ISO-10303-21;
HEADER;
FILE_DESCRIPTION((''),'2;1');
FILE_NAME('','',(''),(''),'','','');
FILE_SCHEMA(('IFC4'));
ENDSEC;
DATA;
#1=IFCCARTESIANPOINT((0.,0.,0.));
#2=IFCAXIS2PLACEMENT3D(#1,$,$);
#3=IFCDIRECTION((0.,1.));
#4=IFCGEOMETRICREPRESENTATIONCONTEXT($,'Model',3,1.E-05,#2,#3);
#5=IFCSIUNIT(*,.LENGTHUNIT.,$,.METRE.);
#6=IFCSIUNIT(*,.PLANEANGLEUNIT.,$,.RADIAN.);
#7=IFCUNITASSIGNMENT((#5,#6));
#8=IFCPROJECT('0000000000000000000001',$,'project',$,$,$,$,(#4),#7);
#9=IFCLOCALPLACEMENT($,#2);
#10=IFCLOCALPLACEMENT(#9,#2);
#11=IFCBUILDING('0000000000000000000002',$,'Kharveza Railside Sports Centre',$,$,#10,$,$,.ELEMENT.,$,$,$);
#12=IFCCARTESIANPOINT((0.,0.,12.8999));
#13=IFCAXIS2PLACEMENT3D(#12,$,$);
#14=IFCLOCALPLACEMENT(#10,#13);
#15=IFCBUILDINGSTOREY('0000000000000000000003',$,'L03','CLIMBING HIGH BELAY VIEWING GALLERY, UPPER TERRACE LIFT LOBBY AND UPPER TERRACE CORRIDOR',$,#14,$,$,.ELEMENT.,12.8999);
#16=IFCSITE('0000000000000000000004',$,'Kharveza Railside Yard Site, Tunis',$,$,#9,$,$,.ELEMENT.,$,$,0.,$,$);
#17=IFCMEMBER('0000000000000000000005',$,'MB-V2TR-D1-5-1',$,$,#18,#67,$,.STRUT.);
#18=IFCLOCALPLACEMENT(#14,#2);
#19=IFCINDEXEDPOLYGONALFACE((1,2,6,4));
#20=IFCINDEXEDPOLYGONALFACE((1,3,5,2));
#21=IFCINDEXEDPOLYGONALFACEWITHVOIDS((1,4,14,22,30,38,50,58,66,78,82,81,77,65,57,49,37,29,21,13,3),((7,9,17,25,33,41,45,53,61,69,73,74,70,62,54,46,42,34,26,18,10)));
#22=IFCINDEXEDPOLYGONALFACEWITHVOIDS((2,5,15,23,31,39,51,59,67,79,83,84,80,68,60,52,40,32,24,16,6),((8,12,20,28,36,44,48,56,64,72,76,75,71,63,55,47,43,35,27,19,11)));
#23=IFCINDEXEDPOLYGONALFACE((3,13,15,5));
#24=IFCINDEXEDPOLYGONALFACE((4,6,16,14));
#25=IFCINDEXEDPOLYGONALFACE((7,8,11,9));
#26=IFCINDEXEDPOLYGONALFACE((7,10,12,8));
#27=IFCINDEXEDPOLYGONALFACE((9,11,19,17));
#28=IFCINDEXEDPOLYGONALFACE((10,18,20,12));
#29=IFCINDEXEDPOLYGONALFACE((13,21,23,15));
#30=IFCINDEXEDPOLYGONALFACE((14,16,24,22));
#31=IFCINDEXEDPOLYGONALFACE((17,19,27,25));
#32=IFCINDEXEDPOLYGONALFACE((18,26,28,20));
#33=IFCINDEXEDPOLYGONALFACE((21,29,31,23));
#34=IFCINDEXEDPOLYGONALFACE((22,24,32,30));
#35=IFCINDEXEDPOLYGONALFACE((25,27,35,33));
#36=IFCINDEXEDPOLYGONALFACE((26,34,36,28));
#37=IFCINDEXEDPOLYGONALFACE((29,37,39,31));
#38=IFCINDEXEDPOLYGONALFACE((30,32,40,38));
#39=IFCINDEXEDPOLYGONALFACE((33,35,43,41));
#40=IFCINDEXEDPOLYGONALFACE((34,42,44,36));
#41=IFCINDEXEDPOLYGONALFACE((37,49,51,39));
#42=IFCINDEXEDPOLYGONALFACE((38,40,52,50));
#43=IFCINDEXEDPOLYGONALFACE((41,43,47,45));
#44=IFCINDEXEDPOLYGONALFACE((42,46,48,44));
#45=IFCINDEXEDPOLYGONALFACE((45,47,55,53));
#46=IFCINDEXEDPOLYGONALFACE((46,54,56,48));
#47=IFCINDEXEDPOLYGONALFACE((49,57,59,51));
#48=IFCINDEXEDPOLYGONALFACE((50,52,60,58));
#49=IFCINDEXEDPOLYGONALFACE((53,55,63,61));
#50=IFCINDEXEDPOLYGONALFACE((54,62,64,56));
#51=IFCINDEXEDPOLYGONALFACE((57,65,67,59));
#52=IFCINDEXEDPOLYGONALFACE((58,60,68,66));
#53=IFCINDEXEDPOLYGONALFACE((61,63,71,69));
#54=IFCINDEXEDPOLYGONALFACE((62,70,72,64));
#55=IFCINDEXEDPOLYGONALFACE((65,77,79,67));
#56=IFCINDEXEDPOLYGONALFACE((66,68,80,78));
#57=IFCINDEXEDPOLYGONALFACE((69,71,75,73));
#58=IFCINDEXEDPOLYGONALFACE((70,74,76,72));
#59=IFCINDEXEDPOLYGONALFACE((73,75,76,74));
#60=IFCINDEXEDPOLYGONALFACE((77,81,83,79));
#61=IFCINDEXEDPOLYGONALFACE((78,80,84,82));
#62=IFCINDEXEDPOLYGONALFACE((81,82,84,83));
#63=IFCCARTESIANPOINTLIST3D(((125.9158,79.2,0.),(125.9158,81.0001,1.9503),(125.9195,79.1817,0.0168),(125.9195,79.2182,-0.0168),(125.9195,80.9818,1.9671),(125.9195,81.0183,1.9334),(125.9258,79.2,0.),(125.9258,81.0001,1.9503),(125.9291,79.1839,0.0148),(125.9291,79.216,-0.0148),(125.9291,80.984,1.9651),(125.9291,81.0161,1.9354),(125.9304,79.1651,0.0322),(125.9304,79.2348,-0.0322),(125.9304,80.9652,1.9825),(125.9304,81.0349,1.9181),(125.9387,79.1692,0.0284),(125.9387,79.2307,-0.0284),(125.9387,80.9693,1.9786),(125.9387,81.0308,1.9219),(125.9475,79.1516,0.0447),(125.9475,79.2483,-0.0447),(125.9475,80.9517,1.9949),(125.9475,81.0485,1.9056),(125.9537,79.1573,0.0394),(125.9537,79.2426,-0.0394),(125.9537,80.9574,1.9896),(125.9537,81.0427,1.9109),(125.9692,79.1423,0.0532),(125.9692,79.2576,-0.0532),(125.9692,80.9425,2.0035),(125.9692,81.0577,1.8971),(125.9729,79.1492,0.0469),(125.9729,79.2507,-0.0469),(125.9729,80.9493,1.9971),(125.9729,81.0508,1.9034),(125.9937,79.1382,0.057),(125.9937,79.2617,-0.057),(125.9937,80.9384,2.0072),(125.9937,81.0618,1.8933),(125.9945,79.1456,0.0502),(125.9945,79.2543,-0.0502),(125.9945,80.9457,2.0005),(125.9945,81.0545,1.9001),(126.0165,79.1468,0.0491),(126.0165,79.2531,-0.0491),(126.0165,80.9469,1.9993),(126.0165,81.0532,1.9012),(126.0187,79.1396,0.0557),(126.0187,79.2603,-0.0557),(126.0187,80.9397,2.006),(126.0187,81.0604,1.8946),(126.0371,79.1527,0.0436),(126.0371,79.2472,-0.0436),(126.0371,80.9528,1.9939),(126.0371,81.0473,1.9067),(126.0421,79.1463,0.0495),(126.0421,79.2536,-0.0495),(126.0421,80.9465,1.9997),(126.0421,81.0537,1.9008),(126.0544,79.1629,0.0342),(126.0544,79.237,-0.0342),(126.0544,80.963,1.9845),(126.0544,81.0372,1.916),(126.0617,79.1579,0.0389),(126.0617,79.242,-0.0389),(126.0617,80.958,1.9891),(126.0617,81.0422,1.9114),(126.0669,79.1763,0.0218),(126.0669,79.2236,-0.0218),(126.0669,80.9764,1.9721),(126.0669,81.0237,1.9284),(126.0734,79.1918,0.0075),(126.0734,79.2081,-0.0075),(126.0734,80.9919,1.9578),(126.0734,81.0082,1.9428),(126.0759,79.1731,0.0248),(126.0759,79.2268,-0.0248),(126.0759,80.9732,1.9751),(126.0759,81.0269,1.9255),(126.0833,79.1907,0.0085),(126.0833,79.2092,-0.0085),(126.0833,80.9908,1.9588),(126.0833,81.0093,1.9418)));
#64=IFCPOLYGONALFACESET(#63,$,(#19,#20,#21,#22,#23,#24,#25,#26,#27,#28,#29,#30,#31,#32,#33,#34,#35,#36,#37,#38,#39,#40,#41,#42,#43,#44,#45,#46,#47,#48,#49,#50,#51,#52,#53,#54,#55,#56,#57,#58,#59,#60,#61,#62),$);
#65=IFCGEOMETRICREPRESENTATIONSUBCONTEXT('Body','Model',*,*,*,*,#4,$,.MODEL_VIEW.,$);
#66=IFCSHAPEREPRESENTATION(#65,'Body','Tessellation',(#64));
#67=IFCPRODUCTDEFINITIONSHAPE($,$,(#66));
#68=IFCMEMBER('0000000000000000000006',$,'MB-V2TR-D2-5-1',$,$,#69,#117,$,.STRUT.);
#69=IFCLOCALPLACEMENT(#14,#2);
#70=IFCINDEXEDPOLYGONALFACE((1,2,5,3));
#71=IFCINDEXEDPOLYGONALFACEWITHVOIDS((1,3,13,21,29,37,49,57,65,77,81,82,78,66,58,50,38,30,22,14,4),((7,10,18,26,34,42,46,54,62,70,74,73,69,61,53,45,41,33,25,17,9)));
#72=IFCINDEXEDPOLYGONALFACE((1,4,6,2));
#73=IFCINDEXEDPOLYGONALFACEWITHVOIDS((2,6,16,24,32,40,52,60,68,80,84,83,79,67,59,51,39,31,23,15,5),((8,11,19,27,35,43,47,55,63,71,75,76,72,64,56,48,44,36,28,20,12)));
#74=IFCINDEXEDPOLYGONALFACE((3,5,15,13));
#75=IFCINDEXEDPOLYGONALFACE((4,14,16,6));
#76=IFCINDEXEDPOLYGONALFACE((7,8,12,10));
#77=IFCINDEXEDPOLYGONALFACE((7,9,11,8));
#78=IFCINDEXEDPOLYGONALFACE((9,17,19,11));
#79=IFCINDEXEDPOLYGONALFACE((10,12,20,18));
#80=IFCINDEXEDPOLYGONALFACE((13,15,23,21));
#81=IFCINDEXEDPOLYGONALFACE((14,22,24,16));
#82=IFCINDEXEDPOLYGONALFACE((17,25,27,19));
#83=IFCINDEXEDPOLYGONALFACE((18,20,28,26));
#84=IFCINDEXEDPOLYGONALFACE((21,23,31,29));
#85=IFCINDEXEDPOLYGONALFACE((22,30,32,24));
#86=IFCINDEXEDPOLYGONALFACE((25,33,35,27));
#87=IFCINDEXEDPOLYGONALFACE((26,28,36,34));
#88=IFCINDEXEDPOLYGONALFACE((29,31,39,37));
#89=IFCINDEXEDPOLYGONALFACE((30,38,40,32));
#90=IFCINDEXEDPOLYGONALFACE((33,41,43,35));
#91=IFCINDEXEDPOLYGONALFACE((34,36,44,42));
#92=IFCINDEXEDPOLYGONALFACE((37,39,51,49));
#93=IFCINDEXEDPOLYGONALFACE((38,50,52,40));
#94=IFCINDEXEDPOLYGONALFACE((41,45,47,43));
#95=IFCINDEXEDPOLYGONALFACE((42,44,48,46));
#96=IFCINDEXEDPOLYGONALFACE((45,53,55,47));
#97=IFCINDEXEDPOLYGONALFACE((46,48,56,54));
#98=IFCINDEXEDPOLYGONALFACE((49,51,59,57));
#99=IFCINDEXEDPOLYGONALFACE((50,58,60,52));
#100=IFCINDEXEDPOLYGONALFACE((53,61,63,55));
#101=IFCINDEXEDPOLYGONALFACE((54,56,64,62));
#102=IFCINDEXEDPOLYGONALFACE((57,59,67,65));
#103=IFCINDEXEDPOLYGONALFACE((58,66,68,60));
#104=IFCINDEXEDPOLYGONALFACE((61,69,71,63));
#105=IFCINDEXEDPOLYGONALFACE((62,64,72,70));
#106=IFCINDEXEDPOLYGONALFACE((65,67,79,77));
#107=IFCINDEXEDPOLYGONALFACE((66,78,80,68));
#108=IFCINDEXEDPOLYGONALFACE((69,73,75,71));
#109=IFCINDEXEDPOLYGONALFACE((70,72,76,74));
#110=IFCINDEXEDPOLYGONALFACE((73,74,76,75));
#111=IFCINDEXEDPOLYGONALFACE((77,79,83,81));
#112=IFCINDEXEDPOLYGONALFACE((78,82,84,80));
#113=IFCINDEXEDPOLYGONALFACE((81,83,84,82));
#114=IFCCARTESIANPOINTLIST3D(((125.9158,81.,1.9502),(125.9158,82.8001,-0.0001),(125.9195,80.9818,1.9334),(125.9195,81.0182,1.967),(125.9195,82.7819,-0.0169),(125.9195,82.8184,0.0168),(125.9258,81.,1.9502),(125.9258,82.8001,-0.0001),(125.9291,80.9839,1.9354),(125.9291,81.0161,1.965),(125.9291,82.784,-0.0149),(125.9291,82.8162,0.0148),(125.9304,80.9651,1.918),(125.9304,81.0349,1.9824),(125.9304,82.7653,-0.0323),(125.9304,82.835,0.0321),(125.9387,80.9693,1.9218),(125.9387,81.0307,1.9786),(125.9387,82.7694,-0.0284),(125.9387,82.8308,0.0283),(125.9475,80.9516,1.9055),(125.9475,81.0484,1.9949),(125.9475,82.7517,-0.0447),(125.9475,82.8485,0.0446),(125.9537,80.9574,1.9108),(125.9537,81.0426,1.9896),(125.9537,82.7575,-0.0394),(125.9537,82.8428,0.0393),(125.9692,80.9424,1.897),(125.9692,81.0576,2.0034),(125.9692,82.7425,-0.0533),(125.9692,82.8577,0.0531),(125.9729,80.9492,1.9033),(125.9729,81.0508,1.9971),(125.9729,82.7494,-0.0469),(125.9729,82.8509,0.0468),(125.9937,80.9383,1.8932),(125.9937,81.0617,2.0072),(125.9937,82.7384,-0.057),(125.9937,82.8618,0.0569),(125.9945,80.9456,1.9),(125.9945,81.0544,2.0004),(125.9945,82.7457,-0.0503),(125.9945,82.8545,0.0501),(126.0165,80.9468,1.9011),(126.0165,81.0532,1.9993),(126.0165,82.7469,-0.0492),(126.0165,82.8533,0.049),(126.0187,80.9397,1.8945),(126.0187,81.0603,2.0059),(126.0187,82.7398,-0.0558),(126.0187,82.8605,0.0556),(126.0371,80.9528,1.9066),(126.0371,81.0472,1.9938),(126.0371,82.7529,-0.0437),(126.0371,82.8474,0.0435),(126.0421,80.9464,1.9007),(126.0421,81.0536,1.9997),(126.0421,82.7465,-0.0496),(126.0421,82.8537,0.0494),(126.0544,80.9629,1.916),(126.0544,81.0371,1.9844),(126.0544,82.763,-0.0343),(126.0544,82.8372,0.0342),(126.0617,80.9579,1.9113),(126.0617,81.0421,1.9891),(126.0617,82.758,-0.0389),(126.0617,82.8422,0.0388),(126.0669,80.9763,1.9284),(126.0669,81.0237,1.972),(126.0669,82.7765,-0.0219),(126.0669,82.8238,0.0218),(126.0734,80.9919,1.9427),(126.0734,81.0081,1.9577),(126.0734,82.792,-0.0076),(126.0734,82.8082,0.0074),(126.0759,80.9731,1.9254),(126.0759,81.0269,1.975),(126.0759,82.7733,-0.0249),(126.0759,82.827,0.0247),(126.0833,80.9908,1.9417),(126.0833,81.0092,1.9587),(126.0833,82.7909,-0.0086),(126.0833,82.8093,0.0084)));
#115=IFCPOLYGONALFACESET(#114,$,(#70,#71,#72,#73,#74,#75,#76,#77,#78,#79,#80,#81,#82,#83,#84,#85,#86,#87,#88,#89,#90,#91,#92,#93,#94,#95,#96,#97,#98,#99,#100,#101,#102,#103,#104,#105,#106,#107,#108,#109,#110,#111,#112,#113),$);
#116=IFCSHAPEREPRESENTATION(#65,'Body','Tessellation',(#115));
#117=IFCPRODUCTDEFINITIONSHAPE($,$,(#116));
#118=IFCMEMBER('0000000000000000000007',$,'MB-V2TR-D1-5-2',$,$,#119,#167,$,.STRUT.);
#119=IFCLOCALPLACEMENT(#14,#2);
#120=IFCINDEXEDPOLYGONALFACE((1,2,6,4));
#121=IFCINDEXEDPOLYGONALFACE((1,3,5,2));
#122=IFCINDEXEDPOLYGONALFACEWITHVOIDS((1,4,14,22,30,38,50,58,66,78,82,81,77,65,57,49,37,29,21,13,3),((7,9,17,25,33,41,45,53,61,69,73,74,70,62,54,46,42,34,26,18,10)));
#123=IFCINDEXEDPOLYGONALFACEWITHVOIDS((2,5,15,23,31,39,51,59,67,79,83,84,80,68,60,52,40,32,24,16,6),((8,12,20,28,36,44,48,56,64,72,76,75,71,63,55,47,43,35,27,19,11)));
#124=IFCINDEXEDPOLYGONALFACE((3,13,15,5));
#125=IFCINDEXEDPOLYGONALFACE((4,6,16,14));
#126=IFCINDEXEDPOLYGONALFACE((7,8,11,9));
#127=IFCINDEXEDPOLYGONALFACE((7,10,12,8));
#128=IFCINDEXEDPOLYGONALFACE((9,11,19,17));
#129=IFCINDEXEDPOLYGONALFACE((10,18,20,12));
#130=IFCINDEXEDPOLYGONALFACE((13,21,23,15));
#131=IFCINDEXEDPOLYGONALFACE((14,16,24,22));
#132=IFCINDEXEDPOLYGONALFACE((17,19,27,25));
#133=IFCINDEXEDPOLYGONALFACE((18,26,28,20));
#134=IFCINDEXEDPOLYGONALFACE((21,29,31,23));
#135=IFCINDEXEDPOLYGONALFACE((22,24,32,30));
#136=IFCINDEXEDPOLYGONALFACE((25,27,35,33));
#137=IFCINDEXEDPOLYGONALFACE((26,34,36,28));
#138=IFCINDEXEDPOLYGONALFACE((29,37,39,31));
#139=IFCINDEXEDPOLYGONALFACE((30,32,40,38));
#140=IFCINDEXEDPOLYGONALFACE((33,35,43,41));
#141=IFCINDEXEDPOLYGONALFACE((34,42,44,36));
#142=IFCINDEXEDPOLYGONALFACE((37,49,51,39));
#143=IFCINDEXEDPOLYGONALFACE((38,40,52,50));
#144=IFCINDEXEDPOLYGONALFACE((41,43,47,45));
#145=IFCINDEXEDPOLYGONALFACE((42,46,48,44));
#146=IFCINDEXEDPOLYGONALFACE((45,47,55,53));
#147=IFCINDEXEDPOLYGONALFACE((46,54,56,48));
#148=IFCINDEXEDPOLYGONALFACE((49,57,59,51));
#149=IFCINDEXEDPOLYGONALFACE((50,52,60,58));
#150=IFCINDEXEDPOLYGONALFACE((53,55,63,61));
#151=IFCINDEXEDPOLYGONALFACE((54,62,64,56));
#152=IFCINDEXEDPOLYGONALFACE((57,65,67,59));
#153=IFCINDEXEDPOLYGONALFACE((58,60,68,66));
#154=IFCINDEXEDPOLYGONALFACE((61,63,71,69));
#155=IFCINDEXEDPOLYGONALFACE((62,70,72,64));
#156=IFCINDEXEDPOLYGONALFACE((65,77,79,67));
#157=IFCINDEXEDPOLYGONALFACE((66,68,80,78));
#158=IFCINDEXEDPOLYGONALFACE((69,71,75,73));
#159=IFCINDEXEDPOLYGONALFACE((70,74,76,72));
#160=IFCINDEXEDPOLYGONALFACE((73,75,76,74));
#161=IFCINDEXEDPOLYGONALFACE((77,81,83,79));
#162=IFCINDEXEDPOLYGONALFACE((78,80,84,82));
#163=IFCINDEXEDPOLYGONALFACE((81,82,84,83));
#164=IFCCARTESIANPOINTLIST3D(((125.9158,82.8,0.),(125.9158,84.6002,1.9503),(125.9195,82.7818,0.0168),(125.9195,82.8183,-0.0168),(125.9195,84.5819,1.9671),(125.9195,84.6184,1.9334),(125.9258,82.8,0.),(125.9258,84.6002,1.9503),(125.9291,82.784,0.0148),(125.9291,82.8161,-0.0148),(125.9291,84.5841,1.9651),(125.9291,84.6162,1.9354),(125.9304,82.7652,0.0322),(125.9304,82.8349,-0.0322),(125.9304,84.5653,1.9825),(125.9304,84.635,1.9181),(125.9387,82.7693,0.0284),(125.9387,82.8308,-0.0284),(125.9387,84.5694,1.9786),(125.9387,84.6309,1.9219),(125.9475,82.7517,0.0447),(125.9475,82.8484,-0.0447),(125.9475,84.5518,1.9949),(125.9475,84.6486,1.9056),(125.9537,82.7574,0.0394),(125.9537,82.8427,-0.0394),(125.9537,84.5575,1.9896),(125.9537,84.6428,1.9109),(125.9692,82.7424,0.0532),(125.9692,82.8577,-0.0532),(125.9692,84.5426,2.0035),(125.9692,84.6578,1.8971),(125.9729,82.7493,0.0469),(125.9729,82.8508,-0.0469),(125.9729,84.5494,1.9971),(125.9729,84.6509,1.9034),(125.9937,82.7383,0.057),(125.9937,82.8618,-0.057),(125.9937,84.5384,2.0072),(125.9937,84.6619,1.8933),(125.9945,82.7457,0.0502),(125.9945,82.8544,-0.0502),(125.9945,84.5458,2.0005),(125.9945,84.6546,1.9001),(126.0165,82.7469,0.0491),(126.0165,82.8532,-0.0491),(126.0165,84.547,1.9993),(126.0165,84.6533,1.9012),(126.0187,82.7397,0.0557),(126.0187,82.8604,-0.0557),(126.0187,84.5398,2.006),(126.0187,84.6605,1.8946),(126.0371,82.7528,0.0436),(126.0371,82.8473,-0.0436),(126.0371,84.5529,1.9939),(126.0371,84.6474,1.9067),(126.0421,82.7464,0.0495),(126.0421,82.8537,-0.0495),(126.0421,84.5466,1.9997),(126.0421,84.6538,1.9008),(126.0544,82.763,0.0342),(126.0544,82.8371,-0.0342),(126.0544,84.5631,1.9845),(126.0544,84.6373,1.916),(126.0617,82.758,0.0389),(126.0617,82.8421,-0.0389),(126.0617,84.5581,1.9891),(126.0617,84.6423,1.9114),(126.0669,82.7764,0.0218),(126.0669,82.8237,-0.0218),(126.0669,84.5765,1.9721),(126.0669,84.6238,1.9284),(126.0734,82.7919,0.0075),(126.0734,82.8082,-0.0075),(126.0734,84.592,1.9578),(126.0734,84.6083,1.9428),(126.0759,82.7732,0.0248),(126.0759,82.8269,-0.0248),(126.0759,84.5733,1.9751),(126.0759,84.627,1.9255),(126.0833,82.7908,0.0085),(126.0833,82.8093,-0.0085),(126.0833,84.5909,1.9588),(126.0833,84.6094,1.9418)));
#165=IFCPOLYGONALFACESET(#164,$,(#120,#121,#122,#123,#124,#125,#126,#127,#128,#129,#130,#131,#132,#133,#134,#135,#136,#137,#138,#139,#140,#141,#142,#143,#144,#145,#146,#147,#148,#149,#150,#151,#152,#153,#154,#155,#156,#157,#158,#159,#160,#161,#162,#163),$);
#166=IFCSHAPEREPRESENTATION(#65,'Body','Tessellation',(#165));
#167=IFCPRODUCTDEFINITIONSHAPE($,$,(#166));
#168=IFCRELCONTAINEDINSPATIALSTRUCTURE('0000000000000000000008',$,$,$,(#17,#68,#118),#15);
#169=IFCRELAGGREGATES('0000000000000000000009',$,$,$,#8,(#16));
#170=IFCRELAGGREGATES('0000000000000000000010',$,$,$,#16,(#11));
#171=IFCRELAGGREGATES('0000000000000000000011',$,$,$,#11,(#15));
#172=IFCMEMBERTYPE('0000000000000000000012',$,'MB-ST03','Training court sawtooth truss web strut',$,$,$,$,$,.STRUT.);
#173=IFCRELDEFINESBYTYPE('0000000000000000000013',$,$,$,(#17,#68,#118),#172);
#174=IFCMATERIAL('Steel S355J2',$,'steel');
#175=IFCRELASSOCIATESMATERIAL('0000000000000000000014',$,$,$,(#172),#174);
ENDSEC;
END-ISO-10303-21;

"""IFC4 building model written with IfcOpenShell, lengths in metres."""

from ifc_helpers import new_model, si_unit, direction, frame, origin, origin_2d, place, context, subcontext, project, spatial, hollow_circle, extrude, material, material_profile, profile_set, type_object, element, save


model = new_model("IFC4")

# Units and contexts
model_context = context("Model", 3, precision=1e-05, world=origin(), true_north=direction((0.0, 1.0)))
body_context = subcontext(model_context, "Body", "Model", "MODEL_VIEW")
ifc_project = project(units=[si_unit("LENGTHUNIT", "METRE"), si_unit("PLANEANGLEUNIT", "RADIAN")], contexts=[model_context])

# Site, building, storey
site_placement = place(None, origin())
site = spatial("IfcSite", under=ifc_project, at=site_placement, Name="Kharveza Railside Yard Site, Tunis", CompositionType="ELEMENT", RefElevation=0.0)
building_placement = place(site_placement, origin())
building = spatial("IfcBuilding", under=site, at=building_placement, Name="Kharveza Railside Sports Centre", CompositionType="ELEMENT")
storey_placement = place(building_placement, frame((0.0, 0.0, 12.8999)))
storey = spatial("IfcBuildingStorey", under=building, at=storey_placement, Name="L03", Description="CLIMBING HIGH BELAY VIEWING GALLERY, UPPER TERRACE LIFT LOBBY AND UPPER TERRACE CORRIDOR", CompositionType="ELEMENT", Elevation=12.8999)

# Shared definitions
ifc_material_1 = material(Name="Steel S355J2", Category="steel")

# Members
ifc_material_profile_1 = material_profile(ifc_material_1, hollow_circle(Radius=0.0842, WallThickness=0.01, at=origin_2d()), Name="CHS 168.3x10.0")
ifc_profile_set_1 = profile_set([ifc_material_profile_1], Name="Steel S355J2")
member_type_1 = type_object("IfcMemberType", Name="MB-ST03", Description="Training court sawtooth truss web strut", PredefinedType="STRUT", material=ifc_profile_set_1)
for number, where, z_axis, x_axis, name in (
    (1, (126.0, 79.2, 0.0), (0.0, 0.678253, 0.734828), (-1.0, 0.0, 0.0), "MB-V2TR-D1-5-1"),
    (2, (126.0, 81.0, 1.9502), (0.0, 0.678253, -0.734828), (-1.0, 0.0, 0.0), "MB-V2TR-D2-5-1"),
    (3, (126.0, 82.8, 0.0), (0.0, 0.678253, 0.734828), (-1.0, 0.0, 0.0), "MB-V2TR-D1-5-2"),
):
    element("IfcMember", number, at=place(storey_placement, frame(where, z_axis=z_axis, x_axis=x_axis)), inside=storey, type_object=member_type_1, Name=name, PredefinedType="STRUT", context=body_context, shape_type="SweptSolid", body=[
        extrude(hollow_circle(Radius=0.0842, WallThickness=0.01, at=origin_2d()), origin(), (0.0, 0.0, 1.0), 2.6541),
    ])

save(model, "model.ifc")
